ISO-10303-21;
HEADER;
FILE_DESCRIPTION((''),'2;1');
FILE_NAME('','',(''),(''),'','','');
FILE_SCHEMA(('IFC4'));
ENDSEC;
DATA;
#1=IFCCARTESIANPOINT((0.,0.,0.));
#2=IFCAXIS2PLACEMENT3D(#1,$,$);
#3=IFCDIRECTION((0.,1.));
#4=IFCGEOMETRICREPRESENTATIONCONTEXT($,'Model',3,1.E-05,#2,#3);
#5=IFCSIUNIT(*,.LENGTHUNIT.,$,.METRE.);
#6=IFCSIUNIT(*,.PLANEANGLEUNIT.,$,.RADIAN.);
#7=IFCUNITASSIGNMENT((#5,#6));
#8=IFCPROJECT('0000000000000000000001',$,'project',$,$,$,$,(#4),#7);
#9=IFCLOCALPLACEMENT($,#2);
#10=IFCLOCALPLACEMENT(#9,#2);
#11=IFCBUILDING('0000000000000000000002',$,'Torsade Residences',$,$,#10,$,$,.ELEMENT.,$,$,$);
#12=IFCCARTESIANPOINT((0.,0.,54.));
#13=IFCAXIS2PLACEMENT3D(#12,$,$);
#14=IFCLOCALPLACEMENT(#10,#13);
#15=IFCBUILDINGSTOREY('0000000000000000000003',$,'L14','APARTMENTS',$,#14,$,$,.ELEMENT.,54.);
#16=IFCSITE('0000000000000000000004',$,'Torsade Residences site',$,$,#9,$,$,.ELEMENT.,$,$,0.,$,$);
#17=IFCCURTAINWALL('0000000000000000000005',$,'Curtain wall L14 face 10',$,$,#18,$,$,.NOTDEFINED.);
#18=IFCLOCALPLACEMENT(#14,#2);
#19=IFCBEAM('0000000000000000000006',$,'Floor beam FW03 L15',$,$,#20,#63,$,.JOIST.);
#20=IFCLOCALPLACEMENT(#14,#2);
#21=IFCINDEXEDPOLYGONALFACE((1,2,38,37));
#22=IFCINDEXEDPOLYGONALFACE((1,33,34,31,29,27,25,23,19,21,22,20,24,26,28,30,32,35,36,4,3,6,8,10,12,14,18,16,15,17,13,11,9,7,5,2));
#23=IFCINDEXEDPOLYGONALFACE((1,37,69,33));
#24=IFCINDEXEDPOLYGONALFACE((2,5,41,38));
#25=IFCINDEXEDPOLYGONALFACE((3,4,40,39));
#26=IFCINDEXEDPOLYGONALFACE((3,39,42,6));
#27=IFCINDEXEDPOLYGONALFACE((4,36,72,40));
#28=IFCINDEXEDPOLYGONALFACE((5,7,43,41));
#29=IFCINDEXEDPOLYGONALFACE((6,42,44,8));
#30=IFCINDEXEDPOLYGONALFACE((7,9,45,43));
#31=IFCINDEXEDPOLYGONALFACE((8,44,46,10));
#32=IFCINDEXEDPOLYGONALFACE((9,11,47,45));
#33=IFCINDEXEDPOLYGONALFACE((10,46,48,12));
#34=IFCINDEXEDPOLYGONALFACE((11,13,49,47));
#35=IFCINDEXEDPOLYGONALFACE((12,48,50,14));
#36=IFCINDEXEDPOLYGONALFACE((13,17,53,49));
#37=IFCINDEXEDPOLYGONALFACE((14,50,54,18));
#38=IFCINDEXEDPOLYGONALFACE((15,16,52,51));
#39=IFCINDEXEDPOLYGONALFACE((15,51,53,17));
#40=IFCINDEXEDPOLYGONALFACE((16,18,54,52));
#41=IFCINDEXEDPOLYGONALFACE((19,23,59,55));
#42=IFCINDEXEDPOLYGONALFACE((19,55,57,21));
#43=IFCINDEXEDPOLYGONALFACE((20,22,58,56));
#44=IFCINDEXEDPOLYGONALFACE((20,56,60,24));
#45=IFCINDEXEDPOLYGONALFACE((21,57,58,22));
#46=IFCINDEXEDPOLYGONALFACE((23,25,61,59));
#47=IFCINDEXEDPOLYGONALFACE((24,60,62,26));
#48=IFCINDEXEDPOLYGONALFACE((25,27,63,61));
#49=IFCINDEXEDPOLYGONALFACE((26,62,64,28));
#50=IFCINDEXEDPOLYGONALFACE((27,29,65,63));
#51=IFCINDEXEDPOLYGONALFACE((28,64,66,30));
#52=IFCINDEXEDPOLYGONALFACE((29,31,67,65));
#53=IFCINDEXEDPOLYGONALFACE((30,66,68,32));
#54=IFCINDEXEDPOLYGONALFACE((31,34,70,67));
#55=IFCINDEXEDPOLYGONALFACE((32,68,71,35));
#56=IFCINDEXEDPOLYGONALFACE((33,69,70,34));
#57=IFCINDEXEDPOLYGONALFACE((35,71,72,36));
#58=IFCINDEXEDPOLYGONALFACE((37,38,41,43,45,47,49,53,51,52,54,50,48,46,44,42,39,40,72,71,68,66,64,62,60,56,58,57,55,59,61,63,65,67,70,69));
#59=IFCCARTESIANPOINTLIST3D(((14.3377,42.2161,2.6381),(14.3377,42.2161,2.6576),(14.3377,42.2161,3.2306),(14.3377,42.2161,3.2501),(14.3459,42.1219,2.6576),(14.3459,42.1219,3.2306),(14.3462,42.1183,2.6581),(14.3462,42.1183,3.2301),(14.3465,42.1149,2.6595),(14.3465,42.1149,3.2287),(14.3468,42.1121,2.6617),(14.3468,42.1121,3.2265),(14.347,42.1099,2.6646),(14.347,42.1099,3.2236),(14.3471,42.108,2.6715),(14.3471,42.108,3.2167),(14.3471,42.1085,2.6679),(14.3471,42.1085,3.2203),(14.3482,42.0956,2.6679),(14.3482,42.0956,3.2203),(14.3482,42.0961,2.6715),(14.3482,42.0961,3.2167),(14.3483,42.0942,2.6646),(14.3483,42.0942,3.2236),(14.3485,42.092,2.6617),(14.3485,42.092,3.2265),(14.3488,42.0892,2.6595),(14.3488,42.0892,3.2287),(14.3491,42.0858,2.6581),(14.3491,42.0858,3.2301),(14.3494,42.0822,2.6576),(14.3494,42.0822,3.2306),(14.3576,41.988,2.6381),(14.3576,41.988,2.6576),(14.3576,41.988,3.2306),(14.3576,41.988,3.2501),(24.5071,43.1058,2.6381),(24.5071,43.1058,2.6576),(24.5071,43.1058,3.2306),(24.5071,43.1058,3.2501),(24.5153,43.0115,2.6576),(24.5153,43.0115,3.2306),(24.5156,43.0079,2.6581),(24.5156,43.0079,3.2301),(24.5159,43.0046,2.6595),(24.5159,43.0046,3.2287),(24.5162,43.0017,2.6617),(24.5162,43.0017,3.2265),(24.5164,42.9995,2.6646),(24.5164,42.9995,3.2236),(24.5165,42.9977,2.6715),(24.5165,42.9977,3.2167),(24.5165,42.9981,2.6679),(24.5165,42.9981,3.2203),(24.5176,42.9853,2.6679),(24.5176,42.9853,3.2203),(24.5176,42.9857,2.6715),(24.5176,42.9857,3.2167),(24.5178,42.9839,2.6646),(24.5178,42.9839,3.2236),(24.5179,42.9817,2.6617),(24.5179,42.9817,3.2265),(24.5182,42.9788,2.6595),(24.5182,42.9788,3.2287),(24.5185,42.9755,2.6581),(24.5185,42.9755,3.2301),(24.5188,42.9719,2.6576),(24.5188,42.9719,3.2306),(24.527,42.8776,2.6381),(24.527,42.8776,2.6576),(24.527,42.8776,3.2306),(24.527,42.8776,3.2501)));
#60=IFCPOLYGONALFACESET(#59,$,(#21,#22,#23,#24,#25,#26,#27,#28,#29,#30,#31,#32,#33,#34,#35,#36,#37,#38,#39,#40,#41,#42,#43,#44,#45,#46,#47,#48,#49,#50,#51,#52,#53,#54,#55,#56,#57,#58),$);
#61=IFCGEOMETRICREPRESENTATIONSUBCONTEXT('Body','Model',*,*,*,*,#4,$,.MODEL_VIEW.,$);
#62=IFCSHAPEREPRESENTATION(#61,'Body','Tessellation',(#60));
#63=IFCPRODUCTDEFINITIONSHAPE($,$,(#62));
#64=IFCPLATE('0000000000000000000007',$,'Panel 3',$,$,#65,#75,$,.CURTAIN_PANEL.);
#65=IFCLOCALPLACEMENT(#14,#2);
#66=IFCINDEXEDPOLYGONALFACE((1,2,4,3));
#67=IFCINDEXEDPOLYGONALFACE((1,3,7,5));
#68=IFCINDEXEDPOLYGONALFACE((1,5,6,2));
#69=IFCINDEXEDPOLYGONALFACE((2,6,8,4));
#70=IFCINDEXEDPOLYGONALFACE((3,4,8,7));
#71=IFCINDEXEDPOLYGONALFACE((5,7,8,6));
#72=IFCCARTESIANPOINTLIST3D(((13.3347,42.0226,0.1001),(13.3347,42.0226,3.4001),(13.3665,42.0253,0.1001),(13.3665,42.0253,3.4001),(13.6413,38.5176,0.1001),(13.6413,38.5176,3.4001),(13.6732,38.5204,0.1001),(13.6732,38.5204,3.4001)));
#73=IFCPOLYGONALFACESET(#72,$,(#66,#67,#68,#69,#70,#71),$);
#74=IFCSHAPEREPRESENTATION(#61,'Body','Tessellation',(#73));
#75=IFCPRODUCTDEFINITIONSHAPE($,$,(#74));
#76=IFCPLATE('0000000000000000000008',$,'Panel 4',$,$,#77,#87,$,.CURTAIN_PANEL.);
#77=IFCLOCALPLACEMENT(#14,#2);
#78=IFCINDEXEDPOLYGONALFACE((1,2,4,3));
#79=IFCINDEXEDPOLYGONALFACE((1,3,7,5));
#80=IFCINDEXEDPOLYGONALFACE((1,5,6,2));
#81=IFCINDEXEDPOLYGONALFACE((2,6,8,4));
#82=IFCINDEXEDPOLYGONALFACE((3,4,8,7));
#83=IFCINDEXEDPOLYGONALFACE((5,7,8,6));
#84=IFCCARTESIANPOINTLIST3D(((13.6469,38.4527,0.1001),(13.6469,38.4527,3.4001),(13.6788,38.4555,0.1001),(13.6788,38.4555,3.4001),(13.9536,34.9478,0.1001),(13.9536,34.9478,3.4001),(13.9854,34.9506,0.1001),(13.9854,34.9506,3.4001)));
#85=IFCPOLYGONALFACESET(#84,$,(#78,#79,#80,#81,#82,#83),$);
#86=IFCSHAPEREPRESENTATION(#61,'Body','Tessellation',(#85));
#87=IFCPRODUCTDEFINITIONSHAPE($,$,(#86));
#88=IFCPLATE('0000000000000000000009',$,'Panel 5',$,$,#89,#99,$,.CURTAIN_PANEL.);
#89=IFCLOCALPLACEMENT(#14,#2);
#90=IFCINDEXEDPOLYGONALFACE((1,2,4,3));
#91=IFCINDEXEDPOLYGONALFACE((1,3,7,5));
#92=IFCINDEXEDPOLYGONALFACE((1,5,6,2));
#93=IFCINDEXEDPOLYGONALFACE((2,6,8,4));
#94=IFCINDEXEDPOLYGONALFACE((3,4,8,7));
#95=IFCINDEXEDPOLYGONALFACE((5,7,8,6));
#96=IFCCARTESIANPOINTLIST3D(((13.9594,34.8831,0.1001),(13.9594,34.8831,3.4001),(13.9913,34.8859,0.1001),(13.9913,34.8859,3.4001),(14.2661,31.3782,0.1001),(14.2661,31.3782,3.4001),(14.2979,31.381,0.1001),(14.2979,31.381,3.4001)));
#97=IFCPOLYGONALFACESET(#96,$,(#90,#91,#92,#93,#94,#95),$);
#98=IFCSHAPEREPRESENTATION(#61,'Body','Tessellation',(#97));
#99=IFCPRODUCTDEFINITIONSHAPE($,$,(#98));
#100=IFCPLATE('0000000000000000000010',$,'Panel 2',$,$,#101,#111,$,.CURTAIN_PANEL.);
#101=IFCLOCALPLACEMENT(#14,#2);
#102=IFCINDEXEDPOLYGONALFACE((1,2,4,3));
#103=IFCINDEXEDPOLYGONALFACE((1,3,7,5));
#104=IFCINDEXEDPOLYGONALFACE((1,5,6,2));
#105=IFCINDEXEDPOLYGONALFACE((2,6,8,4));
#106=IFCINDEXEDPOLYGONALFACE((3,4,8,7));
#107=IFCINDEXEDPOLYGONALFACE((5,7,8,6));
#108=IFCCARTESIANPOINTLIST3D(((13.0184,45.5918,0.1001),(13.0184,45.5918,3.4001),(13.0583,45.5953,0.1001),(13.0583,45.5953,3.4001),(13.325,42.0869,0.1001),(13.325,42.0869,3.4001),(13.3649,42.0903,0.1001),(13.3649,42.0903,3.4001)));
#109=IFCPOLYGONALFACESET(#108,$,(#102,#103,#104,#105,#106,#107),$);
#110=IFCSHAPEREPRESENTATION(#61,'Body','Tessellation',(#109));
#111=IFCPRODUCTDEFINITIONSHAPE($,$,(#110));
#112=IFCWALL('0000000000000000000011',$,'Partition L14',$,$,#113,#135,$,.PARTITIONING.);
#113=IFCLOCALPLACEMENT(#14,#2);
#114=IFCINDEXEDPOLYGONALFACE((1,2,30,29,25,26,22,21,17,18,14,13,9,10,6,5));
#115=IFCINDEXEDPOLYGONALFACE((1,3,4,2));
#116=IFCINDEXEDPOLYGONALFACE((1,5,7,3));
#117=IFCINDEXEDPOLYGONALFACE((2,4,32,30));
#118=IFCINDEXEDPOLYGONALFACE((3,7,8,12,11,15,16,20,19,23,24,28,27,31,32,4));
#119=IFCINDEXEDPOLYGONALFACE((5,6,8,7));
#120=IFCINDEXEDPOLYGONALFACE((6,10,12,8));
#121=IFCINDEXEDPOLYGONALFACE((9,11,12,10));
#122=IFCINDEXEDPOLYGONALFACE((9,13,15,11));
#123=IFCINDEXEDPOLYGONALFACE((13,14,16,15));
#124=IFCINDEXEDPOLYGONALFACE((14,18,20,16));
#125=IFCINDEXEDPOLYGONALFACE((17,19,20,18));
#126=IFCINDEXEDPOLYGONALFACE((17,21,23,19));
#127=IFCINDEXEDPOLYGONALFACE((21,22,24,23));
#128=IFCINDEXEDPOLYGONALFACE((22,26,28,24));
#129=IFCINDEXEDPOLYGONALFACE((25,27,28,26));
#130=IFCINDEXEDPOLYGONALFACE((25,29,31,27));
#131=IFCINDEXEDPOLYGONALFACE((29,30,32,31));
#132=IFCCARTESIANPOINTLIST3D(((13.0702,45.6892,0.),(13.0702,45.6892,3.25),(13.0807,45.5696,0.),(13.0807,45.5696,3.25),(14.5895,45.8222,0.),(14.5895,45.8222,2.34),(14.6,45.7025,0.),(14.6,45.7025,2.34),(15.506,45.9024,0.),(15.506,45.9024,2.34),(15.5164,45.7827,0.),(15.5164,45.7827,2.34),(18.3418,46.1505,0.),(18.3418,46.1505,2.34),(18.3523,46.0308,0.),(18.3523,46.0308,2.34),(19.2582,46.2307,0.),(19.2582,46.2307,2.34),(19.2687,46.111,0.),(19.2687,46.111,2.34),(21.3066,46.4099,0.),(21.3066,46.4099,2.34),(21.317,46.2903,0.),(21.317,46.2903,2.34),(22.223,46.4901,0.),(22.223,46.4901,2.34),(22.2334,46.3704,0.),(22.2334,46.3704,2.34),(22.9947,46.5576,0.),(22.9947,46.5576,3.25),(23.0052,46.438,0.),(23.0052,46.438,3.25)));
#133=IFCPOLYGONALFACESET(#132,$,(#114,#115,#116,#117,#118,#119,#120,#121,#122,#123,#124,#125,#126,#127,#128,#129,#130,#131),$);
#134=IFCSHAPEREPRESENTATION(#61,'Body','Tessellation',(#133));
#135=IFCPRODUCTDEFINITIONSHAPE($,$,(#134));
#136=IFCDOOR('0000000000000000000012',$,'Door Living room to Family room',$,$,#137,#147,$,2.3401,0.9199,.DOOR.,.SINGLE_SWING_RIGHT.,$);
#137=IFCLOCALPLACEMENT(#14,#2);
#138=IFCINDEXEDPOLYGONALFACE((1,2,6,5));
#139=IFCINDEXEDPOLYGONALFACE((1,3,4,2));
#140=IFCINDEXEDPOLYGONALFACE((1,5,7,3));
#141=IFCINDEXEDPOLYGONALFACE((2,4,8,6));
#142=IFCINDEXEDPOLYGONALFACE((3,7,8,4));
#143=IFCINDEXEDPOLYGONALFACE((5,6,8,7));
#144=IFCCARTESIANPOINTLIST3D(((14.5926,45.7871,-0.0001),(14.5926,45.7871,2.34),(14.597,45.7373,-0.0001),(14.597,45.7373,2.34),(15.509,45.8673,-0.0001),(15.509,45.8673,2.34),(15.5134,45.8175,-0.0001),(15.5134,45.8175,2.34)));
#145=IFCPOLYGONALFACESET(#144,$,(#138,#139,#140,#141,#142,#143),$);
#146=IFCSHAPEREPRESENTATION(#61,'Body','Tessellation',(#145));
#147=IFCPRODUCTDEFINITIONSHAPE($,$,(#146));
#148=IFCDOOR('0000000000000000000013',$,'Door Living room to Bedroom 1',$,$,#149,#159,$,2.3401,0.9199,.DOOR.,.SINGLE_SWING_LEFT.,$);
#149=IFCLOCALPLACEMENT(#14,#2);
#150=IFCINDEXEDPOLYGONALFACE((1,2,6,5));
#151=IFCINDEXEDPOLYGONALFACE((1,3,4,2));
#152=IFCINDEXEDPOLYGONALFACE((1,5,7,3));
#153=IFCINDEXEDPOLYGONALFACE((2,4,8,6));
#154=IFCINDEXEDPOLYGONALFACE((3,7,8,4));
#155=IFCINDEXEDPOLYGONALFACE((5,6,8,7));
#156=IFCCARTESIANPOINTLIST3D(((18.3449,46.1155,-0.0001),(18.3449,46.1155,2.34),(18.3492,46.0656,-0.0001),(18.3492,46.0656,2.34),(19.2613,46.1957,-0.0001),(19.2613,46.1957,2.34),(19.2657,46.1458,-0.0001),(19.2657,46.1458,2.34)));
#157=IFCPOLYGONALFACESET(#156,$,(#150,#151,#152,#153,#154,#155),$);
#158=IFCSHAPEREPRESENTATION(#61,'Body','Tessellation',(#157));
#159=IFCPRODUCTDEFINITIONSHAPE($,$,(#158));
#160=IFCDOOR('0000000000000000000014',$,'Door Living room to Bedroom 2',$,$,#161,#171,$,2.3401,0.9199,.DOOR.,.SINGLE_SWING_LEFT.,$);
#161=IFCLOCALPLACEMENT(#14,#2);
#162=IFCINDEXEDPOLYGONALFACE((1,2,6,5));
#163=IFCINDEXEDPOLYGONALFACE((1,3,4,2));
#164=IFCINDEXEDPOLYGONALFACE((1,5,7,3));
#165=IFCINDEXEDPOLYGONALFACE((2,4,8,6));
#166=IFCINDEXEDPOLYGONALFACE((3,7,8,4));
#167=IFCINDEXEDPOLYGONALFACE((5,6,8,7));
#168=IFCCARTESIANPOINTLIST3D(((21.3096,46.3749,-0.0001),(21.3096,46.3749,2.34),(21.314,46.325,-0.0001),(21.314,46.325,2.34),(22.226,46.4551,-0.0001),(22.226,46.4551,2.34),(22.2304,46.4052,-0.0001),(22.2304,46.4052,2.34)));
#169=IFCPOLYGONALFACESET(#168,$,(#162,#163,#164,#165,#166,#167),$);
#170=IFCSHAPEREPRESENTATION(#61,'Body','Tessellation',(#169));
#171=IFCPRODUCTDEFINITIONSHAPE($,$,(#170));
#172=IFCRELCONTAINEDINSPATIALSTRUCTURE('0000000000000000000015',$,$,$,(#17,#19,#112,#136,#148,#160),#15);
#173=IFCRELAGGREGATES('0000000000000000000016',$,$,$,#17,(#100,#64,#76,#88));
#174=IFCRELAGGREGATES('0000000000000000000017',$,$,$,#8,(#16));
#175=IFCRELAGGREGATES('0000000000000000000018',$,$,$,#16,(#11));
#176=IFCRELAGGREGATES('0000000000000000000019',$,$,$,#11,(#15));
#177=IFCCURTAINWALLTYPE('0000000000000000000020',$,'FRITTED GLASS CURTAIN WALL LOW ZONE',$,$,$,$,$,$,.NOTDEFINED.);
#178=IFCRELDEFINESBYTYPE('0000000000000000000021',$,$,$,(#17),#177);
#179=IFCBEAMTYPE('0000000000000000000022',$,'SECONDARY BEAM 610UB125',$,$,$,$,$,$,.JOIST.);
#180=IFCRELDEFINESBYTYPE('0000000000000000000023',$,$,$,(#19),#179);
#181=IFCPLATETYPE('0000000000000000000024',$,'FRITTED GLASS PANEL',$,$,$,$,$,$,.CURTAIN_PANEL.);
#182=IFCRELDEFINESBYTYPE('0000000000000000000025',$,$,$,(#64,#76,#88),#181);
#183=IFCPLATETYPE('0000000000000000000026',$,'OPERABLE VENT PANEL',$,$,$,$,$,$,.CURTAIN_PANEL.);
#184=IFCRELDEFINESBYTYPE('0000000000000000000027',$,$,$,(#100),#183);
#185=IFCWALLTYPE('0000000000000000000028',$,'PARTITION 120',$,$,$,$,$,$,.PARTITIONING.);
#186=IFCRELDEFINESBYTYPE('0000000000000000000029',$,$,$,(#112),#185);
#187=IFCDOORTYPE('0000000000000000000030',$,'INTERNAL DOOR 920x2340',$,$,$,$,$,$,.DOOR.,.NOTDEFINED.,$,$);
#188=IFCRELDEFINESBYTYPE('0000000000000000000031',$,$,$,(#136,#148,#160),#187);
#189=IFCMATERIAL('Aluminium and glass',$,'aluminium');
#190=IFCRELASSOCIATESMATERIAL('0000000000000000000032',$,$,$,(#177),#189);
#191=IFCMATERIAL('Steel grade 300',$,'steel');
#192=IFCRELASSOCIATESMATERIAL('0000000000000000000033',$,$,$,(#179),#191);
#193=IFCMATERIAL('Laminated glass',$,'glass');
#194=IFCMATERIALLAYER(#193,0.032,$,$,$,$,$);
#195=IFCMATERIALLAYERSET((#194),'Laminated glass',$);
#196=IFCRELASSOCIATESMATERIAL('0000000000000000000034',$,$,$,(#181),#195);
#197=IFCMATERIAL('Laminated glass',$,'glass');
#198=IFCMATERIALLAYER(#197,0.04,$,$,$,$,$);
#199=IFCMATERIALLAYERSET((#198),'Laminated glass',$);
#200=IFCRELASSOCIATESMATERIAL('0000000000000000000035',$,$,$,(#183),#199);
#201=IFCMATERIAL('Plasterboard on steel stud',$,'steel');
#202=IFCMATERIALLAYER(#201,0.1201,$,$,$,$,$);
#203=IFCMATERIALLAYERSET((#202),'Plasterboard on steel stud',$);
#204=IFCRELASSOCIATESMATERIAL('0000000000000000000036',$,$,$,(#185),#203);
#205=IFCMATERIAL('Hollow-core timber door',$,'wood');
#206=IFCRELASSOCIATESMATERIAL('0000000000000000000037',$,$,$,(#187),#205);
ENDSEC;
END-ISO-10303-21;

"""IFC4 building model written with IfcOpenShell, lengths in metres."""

from ifc_helpers import new_model, si_unit, direction, frame, frame_2d, origin, origin_2d, place, context, subcontext, project, spatial, rectangle, i_section, extrude, material, layer, layer_set, material_profile, profile_set, type_object, element, fill, aggregate, save


model = new_model("IFC4")

# Units and contexts
model_context = context("Model", 3, precision=1e-05, world=origin(), true_north=direction((0.0, 1.0)))
body_context = subcontext(model_context, "Body", "Model", "MODEL_VIEW")
ifc_project = project(units=[si_unit("LENGTHUNIT", "METRE"), si_unit("PLANEANGLEUNIT", "RADIAN")], contexts=[model_context])

# Site, building, storey
site_placement = place(None, origin())
site = spatial("IfcSite", under=ifc_project, at=site_placement, Name="Torsade Residences site", CompositionType="ELEMENT", RefElevation=0.0)
building_placement = place(site_placement, origin())
building = spatial("IfcBuilding", under=site, at=building_placement, Name="Torsade Residences", CompositionType="ELEMENT")
storey_placement = place(building_placement, frame((0.0, 0.0, 54.0)))
storey = spatial("IfcBuildingStorey", under=building, at=storey_placement, Name="L14", Description="APARTMENTS", CompositionType="ELEMENT", Elevation=54.0)

# Curtain wall
ifc_material_1 = material(Name="Aluminium and glass", Category="aluminium")
curtain_wall_type = type_object("IfcCurtainWallType", Name="FRITTED GLASS CURTAIN WALL LOW ZONE", PredefinedType="NOTDEFINED", material=ifc_material_1)
curtain_wall_placement = place(storey_placement, origin())
curtain_wall = element("IfcCurtainWall", 1, at=curtain_wall_placement, inside=storey, type_object=curtain_wall_type, Name="Curtain wall L14 face 10", PredefinedType="NOTDEFINED")

# Beam
ifc_material_2 = material(Name="Steel grade 300", Category="steel")
ifc_material_profile_1 = material_profile(ifc_material_2, i_section(OverallWidth=0.229, OverallDepth=0.6121, WebThickness=0.012, FlangeThickness=0.0195, FilletRadius=0.0139, at=origin_2d()), Name="610UB125")
ifc_profile_set_1 = profile_set([ifc_material_profile_1], Name="Steel grade 300")
beam_type_1 = type_object("IfcBeamType", Name="SECONDARY BEAM 610UB125", PredefinedType="JOIST", material=ifc_profile_set_1)
beam_1_placement = place(storey_placement, frame((14.3477, 42.1021, 2.9441), z_axis=(0.996195, 0.08715, 0.0), x_axis=(-0.08715, 0.996195, 0.0)))
element("IfcBeam", 2, at=beam_1_placement, inside=storey, type_object=beam_type_1, Name="Floor beam FW03 L15", PredefinedType="JOIST", context=body_context, shape_type="SweptSolid", body=[
    extrude(i_section(OverallWidth=0.229, OverallDepth=0.6121, WebThickness=0.012, FlangeThickness=0.0195, FilletRadius=0.0139, at=origin_2d()), origin(), (0.0, 0.0, 1.0), 10.2083),
])

# Plates
ifc_material_3 = material(Name="Laminated glass", Category="glass")
ifc_layer_1 = layer(ifc_material_3, 0.032)
ifc_layer_set_1 = layer_set([ifc_layer_1], Name="Laminated glass")
plate_type_1 = type_object("IfcPlateType", Name="FRITTED GLASS PANEL", PredefinedType="CURTAIN_PANEL", material=ifc_layer_set_1)
plate_1_placement = place(storey_placement, frame((13.5039, 40.2715, 0.1001), z_axis=(0.0, 0.0, 1.0), x_axis=(0.087156, -0.996195, 0.0)))
plate_1 = element("IfcPlate", 3, at=plate_1_placement, type_object=plate_type_1, Name="Panel 3", PredefinedType="CURTAIN_PANEL", context=body_context, shape_type="SweptSolid", body=[
    extrude(rectangle(XDim=3.5183, YDim=0.032, at=origin_2d()), origin(), (0.0, 0.0, 1.0), 3.3),
])
plate_2_placement = place(storey_placement, frame((13.8162, 36.7017, 0.1001), z_axis=(0.0, 0.0, 1.0), x_axis=(0.087156, -0.996195, 0.0)))
plate_2 = element("IfcPlate", 4, at=plate_2_placement, type_object=plate_type_1, Name="Panel 4", PredefinedType="CURTAIN_PANEL", context=body_context, shape_type="SweptSolid", body=[
    extrude(rectangle(XDim=3.5183, YDim=0.032, at=origin_2d()), origin(), (0.0, 0.0, 1.0), 3.3),
])
plate_3_placement = place(storey_placement, frame((14.1287, 33.1321, 0.1001), z_axis=(0.0, 0.0, 1.0), x_axis=(0.087156, -0.996195, 0.0)))
plate_3 = element("IfcPlate", 5, at=plate_3_placement, type_object=plate_type_1, Name="Panel 5", PredefinedType="CURTAIN_PANEL", context=body_context, shape_type="SweptSolid", body=[
    extrude(rectangle(XDim=3.5183, YDim=0.032, at=origin_2d()), origin(), (0.0, 0.0, 1.0), 3.3),
])
ifc_material_4 = material(Name="Laminated glass", Category="glass")
ifc_layer_2 = layer(ifc_material_4, 0.04)
ifc_layer_set_2 = layer_set([ifc_layer_2], Name="Laminated glass")
plate_type_2 = type_object("IfcPlateType", Name="OPERABLE VENT PANEL", PredefinedType="CURTAIN_PANEL", material=ifc_layer_set_2)
plate_4_placement = place(storey_placement, frame((13.1917, 43.8411, 0.1001), z_axis=(0.0, 0.0, 1.0), x_axis=(0.087156, -0.996195, 0.0)))
plate_4 = element("IfcPlate", 6, at=plate_4_placement, type_object=plate_type_2, Name="Panel 2", PredefinedType="CURTAIN_PANEL", context=body_context, shape_type="SweptSolid", body=[
    extrude(rectangle(XDim=3.5183, YDim=0.04, at=origin_2d()), origin(), (0.0, 0.0, 1.0), 3.3),
])
aggregate(curtain_wall, [plate_4, plate_1, plate_2, plate_3])

# Wall, openings, doors
ifc_material_5 = material(Name="Plasterboard on steel stud", Category="steel")
ifc_layer_3 = layer(ifc_material_5, 0.1201)
ifc_layer_set_3 = layer_set([ifc_layer_3], Name="Plasterboard on steel stud")
wall_type_1 = type_object("IfcWallType", Name="PARTITION 120", PredefinedType="PARTITIONING", material=ifc_layer_set_3)
wall_1_placement = place(storey_placement, frame((13.0754, 45.6294, 0.0), z_axis=(0.0, 0.0, 1.0), x_axis=(0.996194, 0.087168, 0.0)))
wall_1 = element("IfcWall", 7, at=wall_1_placement, inside=storey, type_object=wall_type_1, Name="Partition L14", PredefinedType="PARTITIONING", context=body_context, shape_type="SweptSolid", body=[
    extrude(rectangle(XDim=9.9624, YDim=0.1201, at=frame_2d((4.9812, 0.0))), origin(), (0.0, 0.0, 1.0), 3.25),
])
opening_1_placement = place(wall_1_placement, frame((1.5251, 0.0, 0.0)))
opening_1 = element("IfcOpeningElement", 8, at=opening_1_placement, cuts=wall_1, PredefinedType="OPENING", context=body_context, shape_type="SweptSolid", body=[
    extrude(rectangle(XDim=0.9199, YDim=2.3401, at=frame_2d((0.46, 1.1699))), frame((0.0, 0.0701, 0.0), z_axis=(0.0, -1.0, 0.0), x_axis=(1.0, 0.0, 0.0)), (0.0, 0.0, 1.0), 0.1401),
])
opening_2_placement = place(wall_1_placement, frame((5.2917, 0.0, 0.0)))
opening_2 = element("IfcOpeningElement", 9, at=opening_2_placement, cuts=wall_1, PredefinedType="OPENING", context=body_context, shape_type="SweptSolid", body=[
    extrude(rectangle(XDim=0.9199, YDim=2.3401, at=frame_2d((0.46, 1.1699))), frame((0.0, 0.0701, 0.0), z_axis=(0.0, -1.0, 0.0), x_axis=(1.0, 0.0, 0.0)), (0.0, 0.0, 1.0), 0.1401),
])
opening_3_placement = place(wall_1_placement, frame((8.2678, 0.0, 0.0)))
opening_3 = element("IfcOpeningElement", 10, at=opening_3_placement, cuts=wall_1, PredefinedType="OPENING", context=body_context, shape_type="SweptSolid", body=[
    extrude(rectangle(XDim=0.9199, YDim=2.3401, at=frame_2d((0.46, 1.1699))), frame((0.0, 0.0701, 0.0), z_axis=(0.0, -1.0, 0.0), x_axis=(1.0, 0.0, 0.0)), (0.0, 0.0, 1.0), 0.1401),
])
ifc_material_6 = material(Name="Hollow-core timber door", Category="wood")
door_type_1 = type_object("IfcDoorType", Name="INTERNAL DOOR 920x2340", OperationType="NOTDEFINED", PredefinedType="DOOR", material=ifc_material_6)
door_1_placement = place(opening_1_placement, origin())
door_1 = element("IfcDoor", 11, at=door_1_placement, inside=storey, type_object=door_type_1, Name="Door Living room to Family room", OperationType="SINGLE_SWING_RIGHT", OverallHeight=2.3401, OverallWidth=0.9199, PredefinedType="DOOR", context=body_context, shape_type="SweptSolid", body=[
    extrude(rectangle(XDim=0.9199, YDim=2.3401, at=frame_2d((0.46, 1.1699))), frame((0.0, 0.0249, 0.0), z_axis=(0.0, -1.0, 0.0), x_axis=(1.0, 0.0, 0.0)), (0.0, 0.0, 1.0), 0.05),
])
fill(opening_1, door_1)
door_2_placement = place(opening_2_placement, origin())
door_2 = element("IfcDoor", 12, at=door_2_placement, inside=storey, type_object=door_type_1, Name="Door Living room to Bedroom 1", OperationType="SINGLE_SWING_LEFT", OverallHeight=2.3401, OverallWidth=0.9199, PredefinedType="DOOR", context=body_context, shape_type="SweptSolid", body=[
    extrude(rectangle(XDim=0.9199, YDim=2.3401, at=frame_2d((0.46, 1.1699))), frame((0.0, 0.0249, 0.0), z_axis=(0.0, -1.0, 0.0), x_axis=(1.0, 0.0, 0.0)), (0.0, 0.0, 1.0), 0.05),
])
fill(opening_2, door_2)
door_3_placement = place(opening_3_placement, origin())
door_3 = element("IfcDoor", 13, at=door_3_placement, inside=storey, type_object=door_type_1, Name="Door Living room to Bedroom 2", OperationType="SINGLE_SWING_LEFT", OverallHeight=2.3401, OverallWidth=0.9199, PredefinedType="DOOR", context=body_context, shape_type="SweptSolid", body=[
    extrude(rectangle(XDim=0.9199, YDim=2.3401, at=frame_2d((0.46, 1.1699))), frame((0.0, 0.0249, 0.0), z_axis=(0.0, -1.0, 0.0), x_axis=(1.0, 0.0, 0.0)), (0.0, 0.0, 1.0), 0.05),
])
fill(opening_3, door_3)

save(model, "model.ifc")
